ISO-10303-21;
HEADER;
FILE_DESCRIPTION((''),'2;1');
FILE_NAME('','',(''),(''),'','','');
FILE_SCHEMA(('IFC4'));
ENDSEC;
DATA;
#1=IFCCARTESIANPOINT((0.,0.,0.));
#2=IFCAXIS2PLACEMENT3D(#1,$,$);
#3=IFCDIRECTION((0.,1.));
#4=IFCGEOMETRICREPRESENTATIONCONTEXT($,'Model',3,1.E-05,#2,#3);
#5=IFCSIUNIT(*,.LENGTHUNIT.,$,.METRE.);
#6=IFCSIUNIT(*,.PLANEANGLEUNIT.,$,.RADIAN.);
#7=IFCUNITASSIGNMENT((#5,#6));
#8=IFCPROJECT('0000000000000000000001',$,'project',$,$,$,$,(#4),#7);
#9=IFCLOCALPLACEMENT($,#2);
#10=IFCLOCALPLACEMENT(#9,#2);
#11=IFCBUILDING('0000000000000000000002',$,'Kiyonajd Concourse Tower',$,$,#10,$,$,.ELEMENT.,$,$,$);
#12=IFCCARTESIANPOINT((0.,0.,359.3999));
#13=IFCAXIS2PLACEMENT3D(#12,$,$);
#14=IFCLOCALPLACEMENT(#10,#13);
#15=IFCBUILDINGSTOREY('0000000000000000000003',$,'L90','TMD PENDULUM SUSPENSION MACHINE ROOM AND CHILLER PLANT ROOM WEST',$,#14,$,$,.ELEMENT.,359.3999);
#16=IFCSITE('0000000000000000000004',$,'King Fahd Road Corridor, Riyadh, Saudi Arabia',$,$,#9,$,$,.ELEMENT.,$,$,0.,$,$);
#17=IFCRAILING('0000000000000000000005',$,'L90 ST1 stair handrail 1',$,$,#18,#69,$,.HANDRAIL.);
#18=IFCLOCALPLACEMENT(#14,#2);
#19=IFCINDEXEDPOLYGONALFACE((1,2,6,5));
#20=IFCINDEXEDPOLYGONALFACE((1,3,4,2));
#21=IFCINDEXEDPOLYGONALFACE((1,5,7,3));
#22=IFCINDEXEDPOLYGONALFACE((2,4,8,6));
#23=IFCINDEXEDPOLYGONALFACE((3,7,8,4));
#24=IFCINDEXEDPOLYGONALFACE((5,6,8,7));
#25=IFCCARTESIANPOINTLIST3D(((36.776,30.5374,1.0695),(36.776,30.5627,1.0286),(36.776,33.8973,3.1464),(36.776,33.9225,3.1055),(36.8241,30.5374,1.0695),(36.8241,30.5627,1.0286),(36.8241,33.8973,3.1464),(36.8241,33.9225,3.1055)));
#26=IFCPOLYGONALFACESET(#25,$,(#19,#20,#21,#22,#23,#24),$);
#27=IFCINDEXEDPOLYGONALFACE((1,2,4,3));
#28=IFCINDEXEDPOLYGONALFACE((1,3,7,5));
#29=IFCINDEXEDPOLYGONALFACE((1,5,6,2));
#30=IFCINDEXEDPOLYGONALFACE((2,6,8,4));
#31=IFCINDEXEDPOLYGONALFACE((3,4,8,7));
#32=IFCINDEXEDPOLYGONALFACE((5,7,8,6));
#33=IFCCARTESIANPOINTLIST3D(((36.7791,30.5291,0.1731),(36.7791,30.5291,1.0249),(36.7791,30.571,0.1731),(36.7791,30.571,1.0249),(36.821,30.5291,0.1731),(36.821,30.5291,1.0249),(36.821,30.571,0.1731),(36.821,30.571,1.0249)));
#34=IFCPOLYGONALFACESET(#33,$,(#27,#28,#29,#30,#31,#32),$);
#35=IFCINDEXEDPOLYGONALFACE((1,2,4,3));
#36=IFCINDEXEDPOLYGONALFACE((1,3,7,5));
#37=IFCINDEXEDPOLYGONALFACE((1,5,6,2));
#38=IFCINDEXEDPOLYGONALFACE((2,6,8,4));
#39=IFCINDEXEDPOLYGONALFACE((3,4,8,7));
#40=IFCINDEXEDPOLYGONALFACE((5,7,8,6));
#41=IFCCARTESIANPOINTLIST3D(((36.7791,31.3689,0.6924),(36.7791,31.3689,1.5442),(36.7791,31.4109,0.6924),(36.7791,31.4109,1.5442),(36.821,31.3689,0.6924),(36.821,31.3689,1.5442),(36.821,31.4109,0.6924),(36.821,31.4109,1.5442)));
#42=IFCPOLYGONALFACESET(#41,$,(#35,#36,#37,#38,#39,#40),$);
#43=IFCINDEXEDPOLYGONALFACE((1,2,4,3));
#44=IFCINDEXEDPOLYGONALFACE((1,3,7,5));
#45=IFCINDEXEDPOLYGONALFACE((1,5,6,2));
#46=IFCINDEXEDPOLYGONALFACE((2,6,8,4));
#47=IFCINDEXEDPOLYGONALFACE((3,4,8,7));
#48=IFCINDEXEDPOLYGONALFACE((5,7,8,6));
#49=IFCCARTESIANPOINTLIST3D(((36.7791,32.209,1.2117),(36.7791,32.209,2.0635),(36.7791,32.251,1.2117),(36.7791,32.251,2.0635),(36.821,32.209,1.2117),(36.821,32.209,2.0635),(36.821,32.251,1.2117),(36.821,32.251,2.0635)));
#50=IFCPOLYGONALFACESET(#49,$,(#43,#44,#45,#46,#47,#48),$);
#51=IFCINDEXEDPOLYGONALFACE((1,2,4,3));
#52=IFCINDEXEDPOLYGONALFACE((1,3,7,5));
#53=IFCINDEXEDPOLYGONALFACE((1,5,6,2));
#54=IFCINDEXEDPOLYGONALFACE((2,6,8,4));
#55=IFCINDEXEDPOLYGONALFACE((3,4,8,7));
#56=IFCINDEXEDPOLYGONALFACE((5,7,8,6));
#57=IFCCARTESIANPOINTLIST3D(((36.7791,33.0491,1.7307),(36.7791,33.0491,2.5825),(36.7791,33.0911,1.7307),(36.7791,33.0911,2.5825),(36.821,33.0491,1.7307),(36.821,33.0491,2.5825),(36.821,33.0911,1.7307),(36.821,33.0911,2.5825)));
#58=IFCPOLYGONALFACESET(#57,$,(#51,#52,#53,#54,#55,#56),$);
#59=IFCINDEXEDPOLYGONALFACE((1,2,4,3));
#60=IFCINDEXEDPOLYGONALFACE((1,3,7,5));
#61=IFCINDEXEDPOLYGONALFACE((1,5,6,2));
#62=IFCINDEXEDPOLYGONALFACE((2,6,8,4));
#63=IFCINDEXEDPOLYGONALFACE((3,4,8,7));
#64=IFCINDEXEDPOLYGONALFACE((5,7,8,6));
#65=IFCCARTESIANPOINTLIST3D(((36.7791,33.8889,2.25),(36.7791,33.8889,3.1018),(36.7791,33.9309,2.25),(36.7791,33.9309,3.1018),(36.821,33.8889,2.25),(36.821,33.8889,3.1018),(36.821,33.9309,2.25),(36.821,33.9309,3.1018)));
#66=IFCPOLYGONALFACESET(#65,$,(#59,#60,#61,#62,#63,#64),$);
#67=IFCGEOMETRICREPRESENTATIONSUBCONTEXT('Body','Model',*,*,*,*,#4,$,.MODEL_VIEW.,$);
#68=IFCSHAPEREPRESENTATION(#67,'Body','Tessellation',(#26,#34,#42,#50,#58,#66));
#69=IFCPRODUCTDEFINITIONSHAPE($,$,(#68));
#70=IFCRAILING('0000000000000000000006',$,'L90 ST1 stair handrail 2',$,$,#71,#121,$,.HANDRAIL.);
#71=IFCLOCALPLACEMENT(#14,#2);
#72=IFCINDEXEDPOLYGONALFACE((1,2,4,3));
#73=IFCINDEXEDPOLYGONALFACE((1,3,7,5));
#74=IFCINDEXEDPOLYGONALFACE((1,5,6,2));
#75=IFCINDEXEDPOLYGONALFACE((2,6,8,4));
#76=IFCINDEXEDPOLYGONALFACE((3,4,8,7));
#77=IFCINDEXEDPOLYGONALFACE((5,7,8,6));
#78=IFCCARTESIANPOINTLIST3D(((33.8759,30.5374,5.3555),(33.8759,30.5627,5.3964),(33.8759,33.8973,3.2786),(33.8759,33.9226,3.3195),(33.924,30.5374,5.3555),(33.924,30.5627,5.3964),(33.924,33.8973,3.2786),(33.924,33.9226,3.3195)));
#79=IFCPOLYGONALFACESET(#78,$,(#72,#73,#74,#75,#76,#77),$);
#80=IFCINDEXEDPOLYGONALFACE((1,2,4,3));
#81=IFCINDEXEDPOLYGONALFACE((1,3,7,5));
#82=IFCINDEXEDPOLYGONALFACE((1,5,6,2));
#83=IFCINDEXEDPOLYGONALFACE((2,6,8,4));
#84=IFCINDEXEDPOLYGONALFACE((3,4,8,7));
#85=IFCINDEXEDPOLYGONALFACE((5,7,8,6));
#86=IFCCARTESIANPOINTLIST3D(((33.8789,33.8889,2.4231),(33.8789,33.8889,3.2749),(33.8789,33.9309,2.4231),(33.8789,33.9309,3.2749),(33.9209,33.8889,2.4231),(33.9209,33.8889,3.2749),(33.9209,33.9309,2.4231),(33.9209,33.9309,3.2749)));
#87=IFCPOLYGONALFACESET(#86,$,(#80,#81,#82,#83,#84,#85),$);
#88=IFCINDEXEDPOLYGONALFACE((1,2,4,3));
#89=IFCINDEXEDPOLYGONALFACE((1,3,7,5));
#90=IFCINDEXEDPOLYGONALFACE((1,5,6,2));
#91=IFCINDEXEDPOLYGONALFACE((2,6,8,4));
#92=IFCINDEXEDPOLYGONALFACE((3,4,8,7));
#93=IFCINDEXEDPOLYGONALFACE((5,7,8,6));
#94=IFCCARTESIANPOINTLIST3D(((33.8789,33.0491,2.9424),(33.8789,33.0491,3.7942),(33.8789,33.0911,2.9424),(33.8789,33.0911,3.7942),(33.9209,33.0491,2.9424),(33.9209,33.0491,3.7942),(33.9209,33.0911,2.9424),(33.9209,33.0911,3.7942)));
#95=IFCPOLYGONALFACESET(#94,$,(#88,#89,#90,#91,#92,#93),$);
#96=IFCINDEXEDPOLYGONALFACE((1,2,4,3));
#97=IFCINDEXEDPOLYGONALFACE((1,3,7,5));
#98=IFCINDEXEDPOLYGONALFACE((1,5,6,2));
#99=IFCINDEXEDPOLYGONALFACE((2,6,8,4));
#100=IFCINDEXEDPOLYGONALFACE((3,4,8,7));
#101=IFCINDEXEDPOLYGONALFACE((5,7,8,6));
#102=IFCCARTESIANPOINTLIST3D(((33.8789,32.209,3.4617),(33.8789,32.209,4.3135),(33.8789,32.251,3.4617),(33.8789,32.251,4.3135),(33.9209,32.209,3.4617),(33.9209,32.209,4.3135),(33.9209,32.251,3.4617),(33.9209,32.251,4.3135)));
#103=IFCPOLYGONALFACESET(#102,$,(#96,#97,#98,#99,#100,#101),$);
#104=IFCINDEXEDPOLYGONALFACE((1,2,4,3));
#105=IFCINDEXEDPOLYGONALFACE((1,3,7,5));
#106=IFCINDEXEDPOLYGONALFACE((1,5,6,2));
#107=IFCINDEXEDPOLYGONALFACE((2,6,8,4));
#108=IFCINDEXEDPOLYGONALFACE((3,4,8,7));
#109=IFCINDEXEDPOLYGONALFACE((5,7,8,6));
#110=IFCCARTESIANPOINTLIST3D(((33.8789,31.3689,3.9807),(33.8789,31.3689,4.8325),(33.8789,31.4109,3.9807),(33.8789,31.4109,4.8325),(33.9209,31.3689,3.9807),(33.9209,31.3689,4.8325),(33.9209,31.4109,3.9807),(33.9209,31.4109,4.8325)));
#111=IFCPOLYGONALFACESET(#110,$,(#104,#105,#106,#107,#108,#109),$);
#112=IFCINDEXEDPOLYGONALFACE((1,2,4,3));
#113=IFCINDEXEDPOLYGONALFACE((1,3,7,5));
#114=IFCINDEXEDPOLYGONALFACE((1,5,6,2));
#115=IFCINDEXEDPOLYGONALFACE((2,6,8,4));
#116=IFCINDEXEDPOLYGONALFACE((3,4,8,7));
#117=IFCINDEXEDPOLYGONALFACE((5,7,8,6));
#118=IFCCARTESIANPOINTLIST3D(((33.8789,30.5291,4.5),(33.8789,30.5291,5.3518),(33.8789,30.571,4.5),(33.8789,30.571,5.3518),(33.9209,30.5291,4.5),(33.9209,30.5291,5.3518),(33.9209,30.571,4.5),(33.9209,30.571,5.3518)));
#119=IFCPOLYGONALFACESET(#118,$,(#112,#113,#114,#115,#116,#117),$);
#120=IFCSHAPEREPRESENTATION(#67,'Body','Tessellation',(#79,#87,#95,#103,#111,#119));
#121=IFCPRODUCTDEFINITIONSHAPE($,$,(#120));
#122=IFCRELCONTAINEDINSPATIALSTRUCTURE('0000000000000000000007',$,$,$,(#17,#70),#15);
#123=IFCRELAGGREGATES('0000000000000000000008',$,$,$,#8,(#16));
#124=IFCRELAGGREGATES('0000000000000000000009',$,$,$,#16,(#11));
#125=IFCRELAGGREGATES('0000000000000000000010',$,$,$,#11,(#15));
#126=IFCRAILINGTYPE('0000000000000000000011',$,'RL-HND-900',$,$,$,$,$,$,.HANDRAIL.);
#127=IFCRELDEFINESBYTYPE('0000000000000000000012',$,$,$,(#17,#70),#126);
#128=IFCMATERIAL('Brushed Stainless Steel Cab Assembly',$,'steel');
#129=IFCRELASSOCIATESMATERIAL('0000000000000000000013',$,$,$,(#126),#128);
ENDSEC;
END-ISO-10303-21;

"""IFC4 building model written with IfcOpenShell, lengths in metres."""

from ifc_helpers import new_model, si_unit, direction, frame, origin, origin_2d, place, context, subcontext, project, spatial, rectangle, extrude, material, type_object, element, save


model = new_model("IFC4")

# Units and contexts
model_context = context("Model", 3, precision=1e-05, world=origin(), true_north=direction((0.0, 1.0)))
body_context = subcontext(model_context, "Body", "Model", "MODEL_VIEW")
ifc_project = project(units=[si_unit("LENGTHUNIT", "METRE"), si_unit("PLANEANGLEUNIT", "RADIAN")], contexts=[model_context])

# Site, building, storey
site_placement = place(None, origin())
site = spatial("IfcSite", under=ifc_project, at=site_placement, Name="King Fahd Road Corridor, Riyadh, Saudi Arabia", CompositionType="ELEMENT", RefElevation=0.0)
building_placement = place(site_placement, origin())
building = spatial("IfcBuilding", under=site, at=building_placement, Name="Kiyonajd Concourse Tower", CompositionType="ELEMENT")
storey_placement = place(building_placement, frame((0.0, 0.0, 359.3999)))
storey = spatial("IfcBuildingStorey", under=building, at=storey_placement, Name="L90", Description="TMD PENDULUM SUSPENSION MACHINE ROOM AND CHILLER PLANT ROOM WEST", CompositionType="ELEMENT", Elevation=359.3999)

# Shared definitions
ifc_material_1 = material(Name="Brushed Stainless Steel Cab Assembly", Category="steel")

# Railings
railing_type_1 = type_object("IfcRailingType", Name="RL-HND-900", PredefinedType="HANDRAIL", material=ifc_material_1)
railing_1_placement = place(storey_placement, frame((36.8, 30.55, 0.1731)))
element("IfcRailing", 1, at=railing_1_placement, inside=storey, type_object=railing_type_1, Name="L90 ST1 stair handrail 1", PredefinedType="HANDRAIL", context=body_context, shape_type="SweptSolid", body=[
    extrude(rectangle(XDim=0.0481, YDim=0.0481, at=origin_2d()), frame((0.0, 0.0, 0.876), z_axis=(0.0, 0.850606, 0.525803), x_axis=(-1.0, 0.0, 0.0)), (0.0, 0.0, 1.0), 3.95),
    extrude(rectangle(XDim=0.042, YDim=0.042, at=origin_2d()), origin(), (0.0, 0.0, 1.0), 0.8518),
    extrude(rectangle(XDim=0.042, YDim=0.042, at=origin_2d()), frame((0.0, 0.8398, 0.5193)), (0.0, 0.0, 1.0), 0.8518),
    extrude(rectangle(XDim=0.042, YDim=0.042, at=origin_2d()), frame((0.0, 1.6799, 1.0386)), (0.0, 0.0, 1.0), 0.8518),
    extrude(rectangle(XDim=0.042, YDim=0.042, at=origin_2d()), frame((0.0, 2.52, 1.5576)), (0.0, 0.0, 1.0), 0.8518),
    extrude(rectangle(XDim=0.042, YDim=0.042, at=origin_2d()), frame((0.0, 3.3599, 2.0769)), (0.0, 0.0, 1.0), 0.8518),
])
railing_2_placement = place(storey_placement, frame((33.8999, 33.9099, 2.4231)))
element("IfcRailing", 2, at=railing_2_placement, inside=storey, type_object=railing_type_1, Name="L90 ST1 stair handrail 2", PredefinedType="HANDRAIL", context=body_context, shape_type="SweptSolid", body=[
    extrude(rectangle(XDim=0.0481, YDim=0.0481, at=origin_2d()), frame((0.0, 0.0, 0.876), z_axis=(0.0, -0.850606, 0.525803), x_axis=(1.0, 0.0, 0.0)), (0.0, 0.0, 1.0), 3.95),
    extrude(rectangle(XDim=0.042, YDim=0.042, at=origin_2d()), origin(), (0.0, 0.0, 1.0), 0.8518),
    extrude(rectangle(XDim=0.042, YDim=0.042, at=origin_2d()), frame((0.0, -0.8398, 0.5193)), (0.0, 0.0, 1.0), 0.8518),
    extrude(rectangle(XDim=0.042, YDim=0.042, at=origin_2d()), frame((0.0, -1.6799, 1.0386)), (0.0, 0.0, 1.0), 0.8518),
    extrude(rectangle(XDim=0.042, YDim=0.042, at=origin_2d()), frame((0.0, -2.52, 1.5576)), (0.0, 0.0, 1.0), 0.8518),
    extrude(rectangle(XDim=0.042, YDim=0.042, at=origin_2d()), frame((0.0, -3.3599, 2.0769)), (0.0, 0.0, 1.0), 0.8518),
])

save(model, "model.ifc")
